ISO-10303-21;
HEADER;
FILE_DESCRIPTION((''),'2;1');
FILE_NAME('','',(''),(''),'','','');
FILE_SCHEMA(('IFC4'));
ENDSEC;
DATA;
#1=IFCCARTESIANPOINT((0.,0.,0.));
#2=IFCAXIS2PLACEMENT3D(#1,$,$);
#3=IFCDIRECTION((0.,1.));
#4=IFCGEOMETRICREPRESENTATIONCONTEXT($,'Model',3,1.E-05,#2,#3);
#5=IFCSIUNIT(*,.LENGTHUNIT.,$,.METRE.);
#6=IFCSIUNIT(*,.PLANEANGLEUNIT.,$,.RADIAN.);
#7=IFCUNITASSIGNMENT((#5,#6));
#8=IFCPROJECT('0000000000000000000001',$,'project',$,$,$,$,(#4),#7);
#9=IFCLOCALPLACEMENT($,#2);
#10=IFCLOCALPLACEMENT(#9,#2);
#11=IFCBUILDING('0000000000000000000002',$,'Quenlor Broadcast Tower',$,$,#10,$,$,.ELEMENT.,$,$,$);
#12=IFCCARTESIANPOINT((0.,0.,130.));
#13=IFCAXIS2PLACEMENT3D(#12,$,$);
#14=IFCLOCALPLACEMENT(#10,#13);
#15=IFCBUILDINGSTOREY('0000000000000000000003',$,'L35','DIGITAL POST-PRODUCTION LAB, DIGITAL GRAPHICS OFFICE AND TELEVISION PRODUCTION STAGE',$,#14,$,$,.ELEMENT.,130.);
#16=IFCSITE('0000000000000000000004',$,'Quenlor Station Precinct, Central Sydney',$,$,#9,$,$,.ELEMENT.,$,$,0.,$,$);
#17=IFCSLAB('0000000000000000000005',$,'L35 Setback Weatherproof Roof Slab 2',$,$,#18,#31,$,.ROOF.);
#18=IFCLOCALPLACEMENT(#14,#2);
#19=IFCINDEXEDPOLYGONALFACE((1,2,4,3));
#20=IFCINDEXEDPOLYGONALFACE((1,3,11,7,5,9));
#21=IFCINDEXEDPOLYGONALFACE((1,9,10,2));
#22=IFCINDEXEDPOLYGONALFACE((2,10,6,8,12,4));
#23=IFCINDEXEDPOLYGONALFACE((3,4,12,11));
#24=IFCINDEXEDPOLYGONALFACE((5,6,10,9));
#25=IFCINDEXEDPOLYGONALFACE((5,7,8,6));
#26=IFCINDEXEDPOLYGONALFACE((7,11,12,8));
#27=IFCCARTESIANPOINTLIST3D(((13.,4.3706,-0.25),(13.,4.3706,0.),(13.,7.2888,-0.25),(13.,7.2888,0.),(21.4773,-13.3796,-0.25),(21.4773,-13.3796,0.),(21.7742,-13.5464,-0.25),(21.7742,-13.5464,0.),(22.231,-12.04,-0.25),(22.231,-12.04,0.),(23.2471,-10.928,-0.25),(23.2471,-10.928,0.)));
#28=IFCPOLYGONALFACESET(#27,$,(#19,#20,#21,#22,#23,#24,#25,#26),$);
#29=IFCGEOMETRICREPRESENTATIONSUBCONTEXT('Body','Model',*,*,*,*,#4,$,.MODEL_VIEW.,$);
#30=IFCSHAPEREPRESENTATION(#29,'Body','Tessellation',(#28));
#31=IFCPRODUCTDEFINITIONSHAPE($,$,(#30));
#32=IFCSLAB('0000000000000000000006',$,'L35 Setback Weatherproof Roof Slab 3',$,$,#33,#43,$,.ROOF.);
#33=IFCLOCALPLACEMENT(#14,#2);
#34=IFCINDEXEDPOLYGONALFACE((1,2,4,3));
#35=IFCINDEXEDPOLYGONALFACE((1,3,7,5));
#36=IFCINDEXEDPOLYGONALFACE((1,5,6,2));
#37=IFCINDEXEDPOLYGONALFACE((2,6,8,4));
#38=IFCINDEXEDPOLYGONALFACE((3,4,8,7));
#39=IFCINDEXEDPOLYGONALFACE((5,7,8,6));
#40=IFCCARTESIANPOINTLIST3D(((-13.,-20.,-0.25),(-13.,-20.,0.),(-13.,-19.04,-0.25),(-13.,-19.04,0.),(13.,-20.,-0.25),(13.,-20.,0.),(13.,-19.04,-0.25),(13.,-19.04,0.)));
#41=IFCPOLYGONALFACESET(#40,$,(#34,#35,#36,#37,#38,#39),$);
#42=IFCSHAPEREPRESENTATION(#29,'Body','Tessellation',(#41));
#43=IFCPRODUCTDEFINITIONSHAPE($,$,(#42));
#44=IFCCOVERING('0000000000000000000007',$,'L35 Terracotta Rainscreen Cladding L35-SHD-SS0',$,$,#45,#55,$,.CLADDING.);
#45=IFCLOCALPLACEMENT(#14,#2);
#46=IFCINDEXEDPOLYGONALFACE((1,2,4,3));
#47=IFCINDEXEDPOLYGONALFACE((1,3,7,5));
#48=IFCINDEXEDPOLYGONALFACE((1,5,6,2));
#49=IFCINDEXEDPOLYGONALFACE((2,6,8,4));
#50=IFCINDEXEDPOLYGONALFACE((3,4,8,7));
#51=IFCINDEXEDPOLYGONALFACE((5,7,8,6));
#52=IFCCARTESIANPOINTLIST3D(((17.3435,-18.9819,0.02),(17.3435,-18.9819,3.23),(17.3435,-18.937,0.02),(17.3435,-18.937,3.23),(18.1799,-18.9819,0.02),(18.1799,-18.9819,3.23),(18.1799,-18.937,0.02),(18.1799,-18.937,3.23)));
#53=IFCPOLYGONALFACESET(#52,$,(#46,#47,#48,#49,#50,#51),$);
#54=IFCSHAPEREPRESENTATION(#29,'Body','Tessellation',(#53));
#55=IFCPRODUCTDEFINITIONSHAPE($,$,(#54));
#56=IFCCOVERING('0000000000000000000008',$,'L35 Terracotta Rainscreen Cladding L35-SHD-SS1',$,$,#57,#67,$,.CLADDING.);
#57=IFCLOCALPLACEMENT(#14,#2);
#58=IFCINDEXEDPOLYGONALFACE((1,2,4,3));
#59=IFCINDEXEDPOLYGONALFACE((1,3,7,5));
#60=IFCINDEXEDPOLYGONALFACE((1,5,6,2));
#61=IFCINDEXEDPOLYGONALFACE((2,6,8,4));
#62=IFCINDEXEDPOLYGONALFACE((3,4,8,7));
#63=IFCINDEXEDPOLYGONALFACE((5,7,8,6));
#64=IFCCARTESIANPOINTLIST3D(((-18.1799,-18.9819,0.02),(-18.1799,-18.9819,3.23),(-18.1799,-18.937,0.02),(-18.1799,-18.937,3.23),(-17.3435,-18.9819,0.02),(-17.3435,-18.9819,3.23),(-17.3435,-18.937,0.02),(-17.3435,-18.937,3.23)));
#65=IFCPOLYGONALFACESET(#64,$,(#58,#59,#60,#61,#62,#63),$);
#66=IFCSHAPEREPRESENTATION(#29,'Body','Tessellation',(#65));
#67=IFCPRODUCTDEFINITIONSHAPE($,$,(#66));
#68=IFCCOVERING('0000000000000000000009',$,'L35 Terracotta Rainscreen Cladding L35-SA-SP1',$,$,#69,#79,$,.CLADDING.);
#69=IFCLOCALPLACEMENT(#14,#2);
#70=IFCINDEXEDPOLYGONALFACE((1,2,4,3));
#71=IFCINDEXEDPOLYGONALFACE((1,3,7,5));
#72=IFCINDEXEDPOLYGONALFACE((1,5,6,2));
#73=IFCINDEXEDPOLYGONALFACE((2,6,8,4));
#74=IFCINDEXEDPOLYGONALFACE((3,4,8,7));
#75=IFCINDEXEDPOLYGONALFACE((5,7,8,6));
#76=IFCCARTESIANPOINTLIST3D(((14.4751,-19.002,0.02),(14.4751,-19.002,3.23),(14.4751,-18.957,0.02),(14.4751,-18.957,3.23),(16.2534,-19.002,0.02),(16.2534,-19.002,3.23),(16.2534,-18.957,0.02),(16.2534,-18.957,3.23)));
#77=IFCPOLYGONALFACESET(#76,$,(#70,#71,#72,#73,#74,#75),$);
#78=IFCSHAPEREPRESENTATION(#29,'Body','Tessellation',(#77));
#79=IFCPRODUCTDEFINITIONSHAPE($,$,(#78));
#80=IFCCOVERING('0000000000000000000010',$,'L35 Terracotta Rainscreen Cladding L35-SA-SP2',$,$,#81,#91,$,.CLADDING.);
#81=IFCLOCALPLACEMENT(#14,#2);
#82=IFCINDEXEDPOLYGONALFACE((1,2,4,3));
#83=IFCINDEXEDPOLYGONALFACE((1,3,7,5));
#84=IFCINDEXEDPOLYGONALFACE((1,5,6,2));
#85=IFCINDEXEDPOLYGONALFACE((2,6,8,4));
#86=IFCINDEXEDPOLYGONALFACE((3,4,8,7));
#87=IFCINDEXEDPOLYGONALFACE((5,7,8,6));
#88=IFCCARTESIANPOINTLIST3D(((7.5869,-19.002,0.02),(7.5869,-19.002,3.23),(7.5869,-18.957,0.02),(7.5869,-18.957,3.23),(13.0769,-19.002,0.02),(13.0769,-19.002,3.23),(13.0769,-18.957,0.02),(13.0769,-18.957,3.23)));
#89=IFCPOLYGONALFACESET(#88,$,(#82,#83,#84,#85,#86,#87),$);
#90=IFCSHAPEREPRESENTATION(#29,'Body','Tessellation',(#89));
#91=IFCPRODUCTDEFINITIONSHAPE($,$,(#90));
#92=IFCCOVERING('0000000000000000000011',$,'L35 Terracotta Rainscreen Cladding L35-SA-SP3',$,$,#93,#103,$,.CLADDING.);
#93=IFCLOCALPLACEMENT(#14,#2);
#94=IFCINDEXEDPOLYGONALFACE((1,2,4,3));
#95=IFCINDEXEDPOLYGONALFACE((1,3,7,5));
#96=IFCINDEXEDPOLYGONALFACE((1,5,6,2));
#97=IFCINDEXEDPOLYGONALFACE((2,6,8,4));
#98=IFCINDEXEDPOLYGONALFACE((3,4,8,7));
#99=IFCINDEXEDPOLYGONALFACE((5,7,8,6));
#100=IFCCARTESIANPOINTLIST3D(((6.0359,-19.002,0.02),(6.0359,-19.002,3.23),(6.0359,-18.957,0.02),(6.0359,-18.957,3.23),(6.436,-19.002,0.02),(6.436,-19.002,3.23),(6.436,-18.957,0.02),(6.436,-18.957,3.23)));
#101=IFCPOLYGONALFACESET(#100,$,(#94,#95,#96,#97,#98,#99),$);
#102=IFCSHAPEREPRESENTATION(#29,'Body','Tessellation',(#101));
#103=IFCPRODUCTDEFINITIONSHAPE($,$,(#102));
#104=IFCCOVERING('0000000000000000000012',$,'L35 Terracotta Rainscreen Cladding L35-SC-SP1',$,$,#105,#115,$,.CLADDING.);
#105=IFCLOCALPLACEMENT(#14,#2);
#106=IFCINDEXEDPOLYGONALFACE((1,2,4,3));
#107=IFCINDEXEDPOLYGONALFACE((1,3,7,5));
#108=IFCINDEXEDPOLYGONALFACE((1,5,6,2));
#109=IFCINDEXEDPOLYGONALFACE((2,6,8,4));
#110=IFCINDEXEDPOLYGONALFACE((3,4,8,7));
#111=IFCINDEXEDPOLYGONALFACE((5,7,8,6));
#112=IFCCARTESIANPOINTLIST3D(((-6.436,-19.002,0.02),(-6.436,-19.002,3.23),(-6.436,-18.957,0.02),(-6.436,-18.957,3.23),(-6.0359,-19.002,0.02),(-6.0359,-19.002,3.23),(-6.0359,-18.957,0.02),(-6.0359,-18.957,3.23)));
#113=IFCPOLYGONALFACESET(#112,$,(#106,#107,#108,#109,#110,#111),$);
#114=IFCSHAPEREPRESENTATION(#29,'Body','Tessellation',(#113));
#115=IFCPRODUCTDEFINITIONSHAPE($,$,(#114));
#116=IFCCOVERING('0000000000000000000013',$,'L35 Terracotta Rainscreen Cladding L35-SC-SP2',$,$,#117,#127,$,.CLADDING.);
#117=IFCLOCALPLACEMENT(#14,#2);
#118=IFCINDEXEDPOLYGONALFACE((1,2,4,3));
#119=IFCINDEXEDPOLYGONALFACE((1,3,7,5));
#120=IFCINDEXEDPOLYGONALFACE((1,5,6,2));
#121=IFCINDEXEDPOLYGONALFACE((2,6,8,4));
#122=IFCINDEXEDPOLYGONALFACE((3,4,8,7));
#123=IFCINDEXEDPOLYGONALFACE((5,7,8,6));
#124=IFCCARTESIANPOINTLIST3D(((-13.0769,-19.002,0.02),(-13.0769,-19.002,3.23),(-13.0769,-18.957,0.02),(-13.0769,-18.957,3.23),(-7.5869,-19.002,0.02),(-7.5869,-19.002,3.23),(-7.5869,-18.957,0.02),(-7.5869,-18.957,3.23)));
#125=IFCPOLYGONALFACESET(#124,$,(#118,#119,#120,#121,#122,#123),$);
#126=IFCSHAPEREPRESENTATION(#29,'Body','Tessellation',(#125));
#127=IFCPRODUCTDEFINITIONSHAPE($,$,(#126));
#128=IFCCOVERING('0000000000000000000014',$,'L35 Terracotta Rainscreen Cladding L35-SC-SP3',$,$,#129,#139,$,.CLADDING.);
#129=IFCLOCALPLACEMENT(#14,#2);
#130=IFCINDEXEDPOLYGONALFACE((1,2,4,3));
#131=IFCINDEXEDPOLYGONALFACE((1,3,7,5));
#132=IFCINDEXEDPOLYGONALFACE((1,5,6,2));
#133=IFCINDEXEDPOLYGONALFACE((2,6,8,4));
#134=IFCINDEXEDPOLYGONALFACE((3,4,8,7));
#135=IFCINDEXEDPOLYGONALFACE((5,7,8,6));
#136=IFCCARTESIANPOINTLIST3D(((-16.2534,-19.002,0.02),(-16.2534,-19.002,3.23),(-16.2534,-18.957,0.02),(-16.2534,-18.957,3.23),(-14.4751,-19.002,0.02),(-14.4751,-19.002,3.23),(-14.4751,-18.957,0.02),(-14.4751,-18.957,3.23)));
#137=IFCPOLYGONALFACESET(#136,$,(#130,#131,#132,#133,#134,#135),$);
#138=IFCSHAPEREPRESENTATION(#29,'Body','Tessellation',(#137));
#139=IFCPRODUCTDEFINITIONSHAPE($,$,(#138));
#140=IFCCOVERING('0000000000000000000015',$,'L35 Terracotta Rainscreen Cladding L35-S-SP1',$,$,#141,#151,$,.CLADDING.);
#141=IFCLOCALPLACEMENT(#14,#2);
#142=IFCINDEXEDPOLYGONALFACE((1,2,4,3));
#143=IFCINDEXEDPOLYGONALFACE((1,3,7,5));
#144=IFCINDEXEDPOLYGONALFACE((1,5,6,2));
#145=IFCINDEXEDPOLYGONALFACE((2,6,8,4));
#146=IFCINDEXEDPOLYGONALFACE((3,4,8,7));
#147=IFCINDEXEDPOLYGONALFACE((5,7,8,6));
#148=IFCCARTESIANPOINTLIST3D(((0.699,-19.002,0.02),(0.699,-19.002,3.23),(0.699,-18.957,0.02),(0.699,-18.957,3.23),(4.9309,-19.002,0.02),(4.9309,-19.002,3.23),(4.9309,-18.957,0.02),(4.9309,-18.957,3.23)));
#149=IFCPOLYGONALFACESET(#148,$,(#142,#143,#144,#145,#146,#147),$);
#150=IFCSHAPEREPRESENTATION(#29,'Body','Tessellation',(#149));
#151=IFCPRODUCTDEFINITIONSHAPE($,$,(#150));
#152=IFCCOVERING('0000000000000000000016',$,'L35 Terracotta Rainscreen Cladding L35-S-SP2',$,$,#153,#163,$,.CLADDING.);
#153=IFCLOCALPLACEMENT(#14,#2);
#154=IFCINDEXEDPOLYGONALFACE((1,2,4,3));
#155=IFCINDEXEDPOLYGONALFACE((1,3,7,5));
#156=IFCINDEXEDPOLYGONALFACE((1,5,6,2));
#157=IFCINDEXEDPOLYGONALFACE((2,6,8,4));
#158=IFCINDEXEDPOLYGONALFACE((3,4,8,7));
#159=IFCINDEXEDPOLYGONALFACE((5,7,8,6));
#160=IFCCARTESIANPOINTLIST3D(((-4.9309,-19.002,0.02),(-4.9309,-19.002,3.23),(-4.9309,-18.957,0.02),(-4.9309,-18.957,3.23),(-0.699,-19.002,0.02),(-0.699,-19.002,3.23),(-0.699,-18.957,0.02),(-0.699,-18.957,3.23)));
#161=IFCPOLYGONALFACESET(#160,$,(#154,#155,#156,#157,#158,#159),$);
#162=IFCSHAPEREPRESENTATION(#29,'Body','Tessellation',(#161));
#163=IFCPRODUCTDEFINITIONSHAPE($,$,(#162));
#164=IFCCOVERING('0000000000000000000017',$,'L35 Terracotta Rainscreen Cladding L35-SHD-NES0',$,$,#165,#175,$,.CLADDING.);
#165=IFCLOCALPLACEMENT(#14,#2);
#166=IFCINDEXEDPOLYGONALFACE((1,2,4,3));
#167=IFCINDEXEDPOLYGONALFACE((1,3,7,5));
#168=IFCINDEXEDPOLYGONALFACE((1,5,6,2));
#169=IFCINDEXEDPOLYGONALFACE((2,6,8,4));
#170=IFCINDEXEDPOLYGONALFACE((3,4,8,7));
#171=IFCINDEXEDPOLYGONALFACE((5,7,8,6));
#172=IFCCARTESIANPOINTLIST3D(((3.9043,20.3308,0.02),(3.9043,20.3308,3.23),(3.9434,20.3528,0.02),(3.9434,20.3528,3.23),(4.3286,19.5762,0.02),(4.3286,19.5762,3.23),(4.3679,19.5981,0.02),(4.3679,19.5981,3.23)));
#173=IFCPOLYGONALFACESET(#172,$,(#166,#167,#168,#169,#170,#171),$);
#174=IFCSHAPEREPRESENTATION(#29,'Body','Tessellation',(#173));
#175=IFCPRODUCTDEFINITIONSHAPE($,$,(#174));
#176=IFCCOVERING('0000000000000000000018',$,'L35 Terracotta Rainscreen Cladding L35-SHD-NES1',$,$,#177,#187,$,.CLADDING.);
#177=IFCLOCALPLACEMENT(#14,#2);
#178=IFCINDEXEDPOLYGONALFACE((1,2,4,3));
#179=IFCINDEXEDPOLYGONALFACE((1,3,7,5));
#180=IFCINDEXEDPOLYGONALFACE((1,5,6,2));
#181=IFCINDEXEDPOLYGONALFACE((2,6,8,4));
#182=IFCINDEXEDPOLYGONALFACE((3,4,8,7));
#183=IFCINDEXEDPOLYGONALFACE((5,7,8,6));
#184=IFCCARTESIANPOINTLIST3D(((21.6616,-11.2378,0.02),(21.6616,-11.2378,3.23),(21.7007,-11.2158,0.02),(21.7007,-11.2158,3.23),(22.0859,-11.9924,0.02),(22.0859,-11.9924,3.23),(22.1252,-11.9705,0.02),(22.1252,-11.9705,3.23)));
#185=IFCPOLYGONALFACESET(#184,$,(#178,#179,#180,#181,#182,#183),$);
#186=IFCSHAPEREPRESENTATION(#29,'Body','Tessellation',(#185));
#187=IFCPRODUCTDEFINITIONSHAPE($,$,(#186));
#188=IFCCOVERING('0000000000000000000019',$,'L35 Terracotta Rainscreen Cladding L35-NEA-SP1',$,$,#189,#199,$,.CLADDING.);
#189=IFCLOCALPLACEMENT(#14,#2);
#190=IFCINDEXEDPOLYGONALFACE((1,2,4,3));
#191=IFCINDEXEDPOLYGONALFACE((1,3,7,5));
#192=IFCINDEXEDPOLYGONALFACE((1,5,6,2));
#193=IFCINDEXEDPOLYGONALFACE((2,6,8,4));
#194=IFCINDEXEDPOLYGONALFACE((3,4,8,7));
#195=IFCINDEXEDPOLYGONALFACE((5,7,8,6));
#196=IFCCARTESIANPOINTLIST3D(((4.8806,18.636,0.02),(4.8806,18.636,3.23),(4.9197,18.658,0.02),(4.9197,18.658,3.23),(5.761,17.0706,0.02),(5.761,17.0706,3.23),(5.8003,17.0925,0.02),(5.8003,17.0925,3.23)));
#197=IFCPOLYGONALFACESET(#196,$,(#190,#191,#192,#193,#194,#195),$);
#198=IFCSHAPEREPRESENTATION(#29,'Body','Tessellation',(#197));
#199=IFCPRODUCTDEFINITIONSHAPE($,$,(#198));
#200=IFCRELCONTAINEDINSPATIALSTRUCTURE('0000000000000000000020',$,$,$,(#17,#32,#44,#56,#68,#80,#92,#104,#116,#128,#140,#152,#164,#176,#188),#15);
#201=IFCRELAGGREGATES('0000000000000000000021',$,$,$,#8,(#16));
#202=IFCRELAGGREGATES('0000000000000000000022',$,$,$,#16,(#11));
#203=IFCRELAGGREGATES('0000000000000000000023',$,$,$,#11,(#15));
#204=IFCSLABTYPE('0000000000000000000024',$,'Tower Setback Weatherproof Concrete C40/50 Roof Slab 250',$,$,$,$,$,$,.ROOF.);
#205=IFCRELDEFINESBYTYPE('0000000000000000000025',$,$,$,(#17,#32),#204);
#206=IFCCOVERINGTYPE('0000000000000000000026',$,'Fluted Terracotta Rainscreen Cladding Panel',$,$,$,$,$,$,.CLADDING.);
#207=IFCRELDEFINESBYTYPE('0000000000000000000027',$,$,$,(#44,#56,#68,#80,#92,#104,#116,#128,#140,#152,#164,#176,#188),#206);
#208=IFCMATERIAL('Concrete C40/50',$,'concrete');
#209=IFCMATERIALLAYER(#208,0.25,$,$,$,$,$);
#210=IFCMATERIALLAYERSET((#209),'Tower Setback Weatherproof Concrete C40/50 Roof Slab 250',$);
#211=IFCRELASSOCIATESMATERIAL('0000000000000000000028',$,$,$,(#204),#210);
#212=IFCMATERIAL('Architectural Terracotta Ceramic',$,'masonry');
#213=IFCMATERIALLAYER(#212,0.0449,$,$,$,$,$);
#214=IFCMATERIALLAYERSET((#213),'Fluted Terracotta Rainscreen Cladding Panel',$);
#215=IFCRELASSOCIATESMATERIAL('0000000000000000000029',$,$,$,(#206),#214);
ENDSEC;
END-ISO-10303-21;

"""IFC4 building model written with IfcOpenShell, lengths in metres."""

from ifc_helpers import new_model, si_unit, direction, frame, origin, place, context, subcontext, project, spatial, polyline, outline, extrude, material, layer, layer_set, type_object, element, save


model = new_model("IFC4")

# Units and contexts
model_context = context("Model", 3, precision=1e-05, world=origin(), true_north=direction((0.0, 1.0)))
body_context = subcontext(model_context, "Body", "Model", "MODEL_VIEW")
ifc_project = project(units=[si_unit("LENGTHUNIT", "METRE"), si_unit("PLANEANGLEUNIT", "RADIAN")], contexts=[model_context])

# Site, building, storey
site_placement = place(None, origin())
site = spatial("IfcSite", under=ifc_project, at=site_placement, Name="Quenlor Station Precinct, Central Sydney", CompositionType="ELEMENT", RefElevation=0.0)
building_placement = place(site_placement, origin())
building = spatial("IfcBuilding", under=site, at=building_placement, Name="Quenlor Broadcast Tower", CompositionType="ELEMENT")
storey_placement = place(building_placement, frame((0.0, 0.0, 130.0)))
storey = spatial("IfcBuildingStorey", under=building, at=storey_placement, Name="L35", Description="DIGITAL POST-PRODUCTION LAB, DIGITAL GRAPHICS OFFICE AND TELEVISION PRODUCTION STAGE", CompositionType="ELEMENT", Elevation=130.0)

# Slabs
ifc_material_1 = material(Name="Concrete C40/50", Category="concrete")
ifc_layer_1 = layer(ifc_material_1, 0.25)
ifc_layer_set_1 = layer_set([ifc_layer_1], Name="Tower Setback Weatherproof Concrete C40/50 Roof Slab 250")
slab_type = type_object("IfcSlabType", Name="Tower Setback Weatherproof Concrete C40/50 Roof Slab 250", PredefinedType="ROOF", material=ifc_layer_set_1)
slab_1_placement = place(storey_placement, frame((0.0, 0.0, -0.25)))
element("IfcSlab", 1, at=slab_1_placement, inside=storey, type_object=slab_type, Name="L35 Setback Weatherproof Roof Slab 2", PredefinedType="ROOF", context=body_context, shape_type="SweptSolid", body=[
    extrude(outline(polyline([(23.2471, -10.928), (21.7742, -13.5464), (21.4773, -13.3796), (22.231, -12.04), (13.0, 4.3706), (13.0, 7.2888), (23.2471, -10.928)])), origin(), (0.0, 0.0, 1.0), 0.25),
])
slab_2_placement = place(storey_placement, frame((0.0, 0.0, -0.25)))
element("IfcSlab", 2, at=slab_2_placement, inside=storey, type_object=slab_type, Name="L35 Setback Weatherproof Roof Slab 3", PredefinedType="ROOF", context=body_context, shape_type="SweptSolid", body=[
    extrude(outline(polyline([(-13.0, -20.0), (-13.0, -19.04), (13.0, -19.04), (13.0, -20.0), (-13.0, -20.0)])), origin(), (0.0, 0.0, 1.0), 0.25),
])

# Coverings
ifc_material_2 = material(Name="Architectural Terracotta Ceramic", Category="masonry")
ifc_layer_2 = layer(ifc_material_2, 0.0449)
ifc_layer_set_2 = layer_set([ifc_layer_2], Name="Fluted Terracotta Rainscreen Cladding Panel")
covering_type = type_object("IfcCoveringType", Name="Fluted Terracotta Rainscreen Cladding Panel", PredefinedType="CLADDING", material=ifc_layer_set_2)
covering_1_placement = place(storey_placement, frame((0.0, 0.0, 0.02)))
element("IfcCovering", 3, at=covering_1_placement, inside=storey, type_object=covering_type, Name="L35 Terracotta Rainscreen Cladding L35-SHD-SS0", PredefinedType="CLADDING", context=body_context, shape_type="SweptSolid", body=[
    extrude(outline(polyline([(18.1799, -18.937), (17.3435, -18.937), (17.3435, -18.9819), (18.1799, -18.9819), (18.1799, -18.937)])), origin(), (0.0, 0.0, 1.0), 3.21),
])
covering_2_placement = place(storey_placement, frame((0.0, 0.0, 0.02)))
element("IfcCovering", 4, at=covering_2_placement, inside=storey, type_object=covering_type, Name="L35 Terracotta Rainscreen Cladding L35-SHD-SS1", PredefinedType="CLADDING", context=body_context, shape_type="SweptSolid", body=[
    extrude(outline(polyline([(-17.3435, -18.937), (-18.1799, -18.937), (-18.1799, -18.9819), (-17.3435, -18.9819), (-17.3435, -18.937)])), origin(), (0.0, 0.0, 1.0), 3.21),
])
covering_3_placement = place(storey_placement, frame((0.0, 0.0, 0.02)))
element("IfcCovering", 5, at=covering_3_placement, inside=storey, type_object=covering_type, Name="L35 Terracotta Rainscreen Cladding L35-SA-SP1", PredefinedType="CLADDING", context=body_context, shape_type="SweptSolid", body=[
    extrude(outline(polyline([(16.2534, -18.957), (14.4751, -18.957), (14.4751, -19.002), (16.2534, -19.002), (16.2534, -18.957)])), origin(), (0.0, 0.0, 1.0), 3.21),
])
covering_4_placement = place(storey_placement, frame((0.0, 0.0, 0.02)))
element("IfcCovering", 6, at=covering_4_placement, inside=storey, type_object=covering_type, Name="L35 Terracotta Rainscreen Cladding L35-SA-SP2", PredefinedType="CLADDING", context=body_context, shape_type="SweptSolid", body=[
    extrude(outline(polyline([(13.0769, -18.957), (7.5869, -18.957), (7.5869, -19.002), (13.0769, -19.002), (13.0769, -18.957)])), origin(), (0.0, 0.0, 1.0), 3.21),
])
covering_5_placement = place(storey_placement, frame((0.0, 0.0, 0.02)))
element("IfcCovering", 7, at=covering_5_placement, inside=storey, type_object=covering_type, Name="L35 Terracotta Rainscreen Cladding L35-SA-SP3", PredefinedType="CLADDING", context=body_context, shape_type="SweptSolid", body=[
    extrude(outline(polyline([(6.436, -18.957), (6.0359, -18.957), (6.0359, -19.002), (6.436, -19.002), (6.436, -18.957)])), origin(), (0.0, 0.0, 1.0), 3.21),
])
covering_6_placement = place(storey_placement, frame((0.0, 0.0, 0.02)))
element("IfcCovering", 8, at=covering_6_placement, inside=storey, type_object=covering_type, Name="L35 Terracotta Rainscreen Cladding L35-SC-SP1", PredefinedType="CLADDING", context=body_context, shape_type="SweptSolid", body=[
    extrude(outline(polyline([(-6.0359, -18.957), (-6.436, -18.957), (-6.436, -19.002), (-6.0359, -19.002), (-6.0359, -18.957)])), origin(), (0.0, 0.0, 1.0), 3.21),
])
covering_7_placement = place(storey_placement, frame((0.0, 0.0, 0.02)))
element("IfcCovering", 9, at=covering_7_placement, inside=storey, type_object=covering_type, Name="L35 Terracotta Rainscreen Cladding L35-SC-SP2", PredefinedType="CLADDING", context=body_context, shape_type="SweptSolid", body=[
    extrude(outline(polyline([(-7.5869, -18.957), (-13.0769, -18.957), (-13.0769, -19.002), (-7.5869, -19.002), (-7.5869, -18.957)])), origin(), (0.0, 0.0, 1.0), 3.21),
])
covering_8_placement = place(storey_placement, frame((0.0, 0.0, 0.02)))
element("IfcCovering", 10, at=covering_8_placement, inside=storey, type_object=covering_type, Name="L35 Terracotta Rainscreen Cladding L35-SC-SP3", PredefinedType="CLADDING", context=body_context, shape_type="SweptSolid", body=[
    extrude(outline(polyline([(-14.4751, -18.957), (-16.2534, -18.957), (-16.2534, -19.002), (-14.4751, -19.002), (-14.4751, -18.957)])), origin(), (0.0, 0.0, 1.0), 3.21),
])
covering_9_placement = place(storey_placement, frame((0.0, 0.0, 0.02)))
element("IfcCovering", 11, at=covering_9_placement, inside=storey, type_object=covering_type, Name="L35 Terracotta Rainscreen Cladding L35-S-SP1", PredefinedType="CLADDING", context=body_context, shape_type="SweptSolid", body=[
    extrude(outline(polyline([(4.9309, -18.957), (0.699, -18.957), (0.699, -19.002), (4.9309, -19.002), (4.9309, -18.957)])), origin(), (0.0, 0.0, 1.0), 3.21),
])
covering_10_placement = place(storey_placement, frame((0.0, 0.0, 0.02)))
element("IfcCovering", 12, at=covering_10_placement, inside=storey, type_object=covering_type, Name="L35 Terracotta Rainscreen Cladding L35-S-SP2", PredefinedType="CLADDING", context=body_context, shape_type="SweptSolid", body=[
    extrude(outline(polyline([(-0.699, -18.957), (-4.9309, -18.957), (-4.9309, -19.002), (-0.699, -19.002), (-0.699, -18.957)])), origin(), (0.0, 0.0, 1.0), 3.21),
])
covering_11_placement = place(storey_placement, frame((0.0, 0.0, 0.02)))
element("IfcCovering", 13, at=covering_11_placement, inside=storey, type_object=covering_type, Name="L35 Terracotta Rainscreen Cladding L35-SHD-NES0", PredefinedType="CLADDING", context=body_context, shape_type="SweptSolid", body=[
    extrude(outline(polyline([(3.9043, 20.3308), (4.3286, 19.5762), (4.3679, 19.5981), (3.9434, 20.3528), (3.9043, 20.3308)])), origin(), (0.0, 0.0, 1.0), 3.21),
])
covering_12_placement = place(storey_placement, frame((0.0, 0.0, 0.02)))
element("IfcCovering", 14, at=covering_12_placement, inside=storey, type_object=covering_type, Name="L35 Terracotta Rainscreen Cladding L35-SHD-NES1", PredefinedType="CLADDING", context=body_context, shape_type="SweptSolid", body=[
    extrude(outline(polyline([(21.6616, -11.2378), (22.0859, -11.9924), (22.1252, -11.9705), (21.7007, -11.2158), (21.6616, -11.2378)])), origin(), (0.0, 0.0, 1.0), 3.21),
])
covering_13_placement = place(storey_placement, frame((0.0, 0.0, 0.02)))
element("IfcCovering", 15, at=covering_13_placement, inside=storey, type_object=covering_type, Name="L35 Terracotta Rainscreen Cladding L35-NEA-SP1", PredefinedType="CLADDING", context=body_context, shape_type="SweptSolid", body=[
    extrude(outline(polyline([(4.8806, 18.636), (5.761, 17.0706), (5.8003, 17.0925), (4.9197, 18.658), (4.8806, 18.636)])), origin(), (0.0, 0.0, 1.0), 3.21),
])

save(model, "model.ifc")
